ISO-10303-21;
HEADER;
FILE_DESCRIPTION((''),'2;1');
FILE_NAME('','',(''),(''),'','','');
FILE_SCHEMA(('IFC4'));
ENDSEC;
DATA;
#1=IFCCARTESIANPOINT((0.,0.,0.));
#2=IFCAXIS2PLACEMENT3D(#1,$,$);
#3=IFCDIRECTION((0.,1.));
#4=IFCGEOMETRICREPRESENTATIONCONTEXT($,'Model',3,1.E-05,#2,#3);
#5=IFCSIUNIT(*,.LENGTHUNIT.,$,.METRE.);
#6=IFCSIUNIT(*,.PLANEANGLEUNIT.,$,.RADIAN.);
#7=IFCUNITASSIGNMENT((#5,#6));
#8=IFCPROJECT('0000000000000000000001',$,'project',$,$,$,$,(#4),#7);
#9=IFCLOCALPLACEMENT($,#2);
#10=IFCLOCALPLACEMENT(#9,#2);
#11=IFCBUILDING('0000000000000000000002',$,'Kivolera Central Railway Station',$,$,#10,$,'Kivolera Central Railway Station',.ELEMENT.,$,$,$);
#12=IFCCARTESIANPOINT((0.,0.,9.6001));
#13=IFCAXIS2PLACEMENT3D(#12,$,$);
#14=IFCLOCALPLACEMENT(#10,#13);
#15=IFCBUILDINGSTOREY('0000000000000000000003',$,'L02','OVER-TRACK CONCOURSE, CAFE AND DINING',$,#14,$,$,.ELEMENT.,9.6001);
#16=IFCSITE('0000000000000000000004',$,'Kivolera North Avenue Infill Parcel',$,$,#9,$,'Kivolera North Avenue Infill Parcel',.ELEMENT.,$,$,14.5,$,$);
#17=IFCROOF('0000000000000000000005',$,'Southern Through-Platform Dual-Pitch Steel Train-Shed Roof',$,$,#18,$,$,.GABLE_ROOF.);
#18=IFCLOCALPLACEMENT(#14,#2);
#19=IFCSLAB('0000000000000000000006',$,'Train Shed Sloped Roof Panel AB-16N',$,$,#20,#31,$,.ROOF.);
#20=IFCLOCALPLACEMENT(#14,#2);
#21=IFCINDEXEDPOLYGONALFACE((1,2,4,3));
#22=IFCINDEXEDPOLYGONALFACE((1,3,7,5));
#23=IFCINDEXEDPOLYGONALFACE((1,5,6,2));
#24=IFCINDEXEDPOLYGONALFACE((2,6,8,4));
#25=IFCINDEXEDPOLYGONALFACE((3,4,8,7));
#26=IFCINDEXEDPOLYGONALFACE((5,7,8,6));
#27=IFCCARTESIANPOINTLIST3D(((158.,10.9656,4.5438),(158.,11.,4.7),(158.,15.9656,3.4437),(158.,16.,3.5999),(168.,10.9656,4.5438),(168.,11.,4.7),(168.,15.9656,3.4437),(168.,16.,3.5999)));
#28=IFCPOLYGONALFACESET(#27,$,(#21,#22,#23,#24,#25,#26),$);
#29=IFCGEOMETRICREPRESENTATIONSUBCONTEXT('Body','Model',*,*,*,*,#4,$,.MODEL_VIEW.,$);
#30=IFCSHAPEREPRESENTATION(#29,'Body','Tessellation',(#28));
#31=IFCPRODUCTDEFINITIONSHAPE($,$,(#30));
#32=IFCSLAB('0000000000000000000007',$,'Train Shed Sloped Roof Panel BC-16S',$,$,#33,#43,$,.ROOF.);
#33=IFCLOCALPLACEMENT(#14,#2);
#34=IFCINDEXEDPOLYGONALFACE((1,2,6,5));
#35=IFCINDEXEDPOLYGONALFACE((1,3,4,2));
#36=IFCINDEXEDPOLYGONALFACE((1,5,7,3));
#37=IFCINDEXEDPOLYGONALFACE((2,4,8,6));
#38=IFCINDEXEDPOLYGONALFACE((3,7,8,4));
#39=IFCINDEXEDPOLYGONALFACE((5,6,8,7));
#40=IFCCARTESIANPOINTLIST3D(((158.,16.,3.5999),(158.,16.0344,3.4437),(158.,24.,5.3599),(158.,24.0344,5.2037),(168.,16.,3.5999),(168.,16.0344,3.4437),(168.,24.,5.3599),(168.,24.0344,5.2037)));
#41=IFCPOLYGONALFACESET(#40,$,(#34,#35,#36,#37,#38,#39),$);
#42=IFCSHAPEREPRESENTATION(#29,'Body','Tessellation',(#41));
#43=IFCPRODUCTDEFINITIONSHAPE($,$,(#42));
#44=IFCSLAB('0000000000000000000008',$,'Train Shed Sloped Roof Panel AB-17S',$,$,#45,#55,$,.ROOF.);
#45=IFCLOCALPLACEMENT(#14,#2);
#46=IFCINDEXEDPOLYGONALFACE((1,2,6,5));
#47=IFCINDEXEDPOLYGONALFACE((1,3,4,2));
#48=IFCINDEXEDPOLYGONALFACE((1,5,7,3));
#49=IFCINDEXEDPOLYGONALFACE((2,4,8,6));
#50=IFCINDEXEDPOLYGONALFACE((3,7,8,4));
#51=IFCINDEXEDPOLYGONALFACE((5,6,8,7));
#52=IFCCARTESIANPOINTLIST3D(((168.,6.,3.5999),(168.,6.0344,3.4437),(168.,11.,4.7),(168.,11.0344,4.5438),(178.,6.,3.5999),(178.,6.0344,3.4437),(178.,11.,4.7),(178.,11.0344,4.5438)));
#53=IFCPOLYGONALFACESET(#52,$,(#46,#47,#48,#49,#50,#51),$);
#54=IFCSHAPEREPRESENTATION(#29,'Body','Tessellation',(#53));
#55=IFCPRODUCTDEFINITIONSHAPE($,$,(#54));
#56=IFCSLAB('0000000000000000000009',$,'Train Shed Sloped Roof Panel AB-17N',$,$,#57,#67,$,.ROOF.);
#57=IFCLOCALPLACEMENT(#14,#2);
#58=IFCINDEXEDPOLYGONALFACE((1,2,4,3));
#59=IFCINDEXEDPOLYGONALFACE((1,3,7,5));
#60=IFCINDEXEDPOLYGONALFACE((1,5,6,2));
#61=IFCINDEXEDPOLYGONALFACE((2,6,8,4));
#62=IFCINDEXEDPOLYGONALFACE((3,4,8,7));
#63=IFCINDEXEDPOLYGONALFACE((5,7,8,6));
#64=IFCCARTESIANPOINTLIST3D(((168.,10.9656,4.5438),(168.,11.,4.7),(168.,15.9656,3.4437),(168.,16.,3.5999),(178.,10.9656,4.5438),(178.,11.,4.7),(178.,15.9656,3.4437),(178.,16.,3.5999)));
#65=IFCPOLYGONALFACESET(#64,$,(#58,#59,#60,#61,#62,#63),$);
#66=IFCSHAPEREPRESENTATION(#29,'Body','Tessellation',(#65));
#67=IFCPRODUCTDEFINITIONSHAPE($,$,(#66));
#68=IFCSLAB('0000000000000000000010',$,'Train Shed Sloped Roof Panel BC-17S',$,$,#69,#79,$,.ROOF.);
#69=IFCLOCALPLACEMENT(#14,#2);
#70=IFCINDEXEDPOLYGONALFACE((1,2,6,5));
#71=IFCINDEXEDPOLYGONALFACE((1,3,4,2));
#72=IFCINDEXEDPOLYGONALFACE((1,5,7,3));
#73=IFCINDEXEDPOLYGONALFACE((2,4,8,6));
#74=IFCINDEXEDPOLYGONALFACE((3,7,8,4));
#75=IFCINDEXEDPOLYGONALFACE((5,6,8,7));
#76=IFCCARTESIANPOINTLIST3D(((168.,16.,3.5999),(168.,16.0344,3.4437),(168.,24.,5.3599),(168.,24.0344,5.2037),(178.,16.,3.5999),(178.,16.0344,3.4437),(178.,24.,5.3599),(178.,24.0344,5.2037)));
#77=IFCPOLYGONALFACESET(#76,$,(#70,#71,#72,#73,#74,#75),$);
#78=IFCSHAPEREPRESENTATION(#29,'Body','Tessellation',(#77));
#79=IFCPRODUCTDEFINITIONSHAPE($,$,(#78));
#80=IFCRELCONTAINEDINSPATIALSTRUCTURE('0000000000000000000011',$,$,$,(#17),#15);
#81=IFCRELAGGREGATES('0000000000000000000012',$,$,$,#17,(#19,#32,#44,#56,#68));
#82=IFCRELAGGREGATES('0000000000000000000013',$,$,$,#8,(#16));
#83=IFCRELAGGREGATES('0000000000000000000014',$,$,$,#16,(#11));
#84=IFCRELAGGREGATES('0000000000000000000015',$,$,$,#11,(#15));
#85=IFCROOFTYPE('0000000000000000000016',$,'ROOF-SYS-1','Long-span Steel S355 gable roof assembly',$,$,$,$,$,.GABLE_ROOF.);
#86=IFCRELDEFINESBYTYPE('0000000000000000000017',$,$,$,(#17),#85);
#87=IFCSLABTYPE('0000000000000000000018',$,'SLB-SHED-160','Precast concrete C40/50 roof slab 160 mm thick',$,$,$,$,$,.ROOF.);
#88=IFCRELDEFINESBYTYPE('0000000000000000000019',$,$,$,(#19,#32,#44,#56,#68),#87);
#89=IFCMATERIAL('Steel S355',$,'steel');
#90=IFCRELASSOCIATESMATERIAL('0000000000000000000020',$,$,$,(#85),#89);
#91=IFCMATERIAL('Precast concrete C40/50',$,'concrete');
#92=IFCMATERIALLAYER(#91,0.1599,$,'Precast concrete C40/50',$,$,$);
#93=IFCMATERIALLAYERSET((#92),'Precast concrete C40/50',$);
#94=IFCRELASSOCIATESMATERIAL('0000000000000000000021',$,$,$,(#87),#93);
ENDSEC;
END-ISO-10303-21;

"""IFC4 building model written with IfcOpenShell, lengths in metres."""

from ifc_helpers import new_model, si_unit, direction, frame, origin, place, context, subcontext, project, spatial, polyline, outline, extrude, material, layer, layer_set, type_object, element, aggregate, save


model = new_model("IFC4")

# Units and contexts
model_context = context("Model", 3, precision=1e-05, world=origin(), true_north=direction((0.0, 1.0)))
body_context = subcontext(model_context, "Body", "Model", "MODEL_VIEW")
ifc_project = project(units=[si_unit("LENGTHUNIT", "METRE"), si_unit("PLANEANGLEUNIT", "RADIAN")], contexts=[model_context])

# Site, building, storey
site_placement = place(None, origin())
site = spatial("IfcSite", under=ifc_project, at=site_placement, Name="Kivolera North Avenue Infill Parcel", LongName="Kivolera North Avenue Infill Parcel", CompositionType="ELEMENT", RefElevation=14.5)
building_placement = place(site_placement, origin())
building = spatial("IfcBuilding", under=site, at=building_placement, Name="Kivolera Central Railway Station", LongName="Kivolera Central Railway Station", CompositionType="ELEMENT")
storey_placement = place(building_placement, frame((0.0, 0.0, 9.6001)))
storey = spatial("IfcBuildingStorey", under=building, at=storey_placement, Name="L02", Description="OVER-TRACK CONCOURSE, CAFE AND DINING", CompositionType="ELEMENT", Elevation=9.6001)

# Shared definitions
ifc_material_1 = material(Name="Steel S355", Category="steel")

# Roof, slabs
roof_type = type_object("IfcRoofType", Name="ROOF-SYS-1", Description="Long-span Steel S355 gable roof assembly", PredefinedType="GABLE_ROOF", material=ifc_material_1)
roof_placement = place(storey_placement, origin())
roof = element("IfcRoof", 1, at=roof_placement, inside=storey, type_object=roof_type, Name="Southern Through-Platform Dual-Pitch Steel Train-Shed Roof", PredefinedType="GABLE_ROOF")
ifc_material_2 = material(Name="Precast concrete C40/50", Category="concrete")
ifc_layer_1 = layer(ifc_material_2, 0.1599, Name="Precast concrete C40/50")
ifc_layer_set_1 = layer_set([ifc_layer_1], Name="Precast concrete C40/50")
slab_type = type_object("IfcSlabType", Name="SLB-SHED-160", Description="Precast concrete C40/50 roof slab 160 mm thick", PredefinedType="ROOF", material=ifc_layer_set_1)
slab_1_placement = place(storey_placement, frame((158.0, 11.0, 4.7), z_axis=(0.0, 0.21488, 0.97664), x_axis=(1.0, 0.0, 0.0)))
slab_1 = element("IfcSlab", 2, at=slab_1_placement, type_object=slab_type, Name="Train Shed Sloped Roof Panel AB-16N", PredefinedType="ROOF", context=body_context, shape_type="SweptSolid", body=[
    extrude(outline(polyline([(0.0, 0.0), (10.0, 0.0), (10.0, 5.1196), (0.0, 5.1196), (0.0, 0.0)])), origin(), (0.0, 0.0, -1.0), 0.1599),
])
slab_2_placement = place(storey_placement, frame((158.0, 16.0, 3.5999), z_axis=(0.0, -0.214863, 0.976644), x_axis=(1.0, 0.0, 0.0)))
slab_2 = element("IfcSlab", 3, at=slab_2_placement, type_object=slab_type, Name="Train Shed Sloped Roof Panel BC-16S", PredefinedType="ROOF", context=body_context, shape_type="SweptSolid", body=[
    extrude(outline(polyline([(0.0, 0.0), (10.0, 0.0), (10.0, 8.1913), (0.0, 8.1913), (0.0, 0.0)])), origin(), (0.0, 0.0, -1.0), 0.1599),
])
slab_3_placement = place(storey_placement, frame((168.0, 6.0, 3.5999), z_axis=(0.0, -0.21488, 0.97664), x_axis=(1.0, 0.0, 0.0)))
slab_3 = element("IfcSlab", 4, at=slab_3_placement, type_object=slab_type, Name="Train Shed Sloped Roof Panel AB-17S", PredefinedType="ROOF", context=body_context, shape_type="SweptSolid", body=[
    extrude(outline(polyline([(0.0, 0.0), (10.0, 0.0), (10.0, 5.1196), (0.0, 5.1196), (0.0, 0.0)])), origin(), (0.0, 0.0, -1.0), 0.1599),
])
slab_4_placement = place(storey_placement, frame((168.0, 11.0, 4.7), z_axis=(0.0, 0.21488, 0.97664), x_axis=(1.0, 0.0, 0.0)))
slab_4 = element("IfcSlab", 5, at=slab_4_placement, type_object=slab_type, Name="Train Shed Sloped Roof Panel AB-17N", PredefinedType="ROOF", context=body_context, shape_type="SweptSolid", body=[
    extrude(outline(polyline([(0.0, 0.0), (10.0, 0.0), (10.0, 5.1196), (0.0, 5.1196), (0.0, 0.0)])), origin(), (0.0, 0.0, -1.0), 0.1599),
])
slab_5_placement = place(storey_placement, frame((168.0, 16.0, 3.5999), z_axis=(0.0, -0.214863, 0.976644), x_axis=(1.0, 0.0, 0.0)))
slab_5 = element("IfcSlab", 6, at=slab_5_placement, type_object=slab_type, Name="Train Shed Sloped Roof Panel BC-17S", PredefinedType="ROOF", context=body_context, shape_type="SweptSolid", body=[
    extrude(outline(polyline([(0.0, 0.0), (10.0, 0.0), (10.0, 8.1913), (0.0, 8.1913), (0.0, 0.0)])), origin(), (0.0, 0.0, -1.0), 0.1599),
])
aggregate(roof, [slab_1, slab_2, slab_3, slab_4, slab_5])

save(model, "model.ifc")
